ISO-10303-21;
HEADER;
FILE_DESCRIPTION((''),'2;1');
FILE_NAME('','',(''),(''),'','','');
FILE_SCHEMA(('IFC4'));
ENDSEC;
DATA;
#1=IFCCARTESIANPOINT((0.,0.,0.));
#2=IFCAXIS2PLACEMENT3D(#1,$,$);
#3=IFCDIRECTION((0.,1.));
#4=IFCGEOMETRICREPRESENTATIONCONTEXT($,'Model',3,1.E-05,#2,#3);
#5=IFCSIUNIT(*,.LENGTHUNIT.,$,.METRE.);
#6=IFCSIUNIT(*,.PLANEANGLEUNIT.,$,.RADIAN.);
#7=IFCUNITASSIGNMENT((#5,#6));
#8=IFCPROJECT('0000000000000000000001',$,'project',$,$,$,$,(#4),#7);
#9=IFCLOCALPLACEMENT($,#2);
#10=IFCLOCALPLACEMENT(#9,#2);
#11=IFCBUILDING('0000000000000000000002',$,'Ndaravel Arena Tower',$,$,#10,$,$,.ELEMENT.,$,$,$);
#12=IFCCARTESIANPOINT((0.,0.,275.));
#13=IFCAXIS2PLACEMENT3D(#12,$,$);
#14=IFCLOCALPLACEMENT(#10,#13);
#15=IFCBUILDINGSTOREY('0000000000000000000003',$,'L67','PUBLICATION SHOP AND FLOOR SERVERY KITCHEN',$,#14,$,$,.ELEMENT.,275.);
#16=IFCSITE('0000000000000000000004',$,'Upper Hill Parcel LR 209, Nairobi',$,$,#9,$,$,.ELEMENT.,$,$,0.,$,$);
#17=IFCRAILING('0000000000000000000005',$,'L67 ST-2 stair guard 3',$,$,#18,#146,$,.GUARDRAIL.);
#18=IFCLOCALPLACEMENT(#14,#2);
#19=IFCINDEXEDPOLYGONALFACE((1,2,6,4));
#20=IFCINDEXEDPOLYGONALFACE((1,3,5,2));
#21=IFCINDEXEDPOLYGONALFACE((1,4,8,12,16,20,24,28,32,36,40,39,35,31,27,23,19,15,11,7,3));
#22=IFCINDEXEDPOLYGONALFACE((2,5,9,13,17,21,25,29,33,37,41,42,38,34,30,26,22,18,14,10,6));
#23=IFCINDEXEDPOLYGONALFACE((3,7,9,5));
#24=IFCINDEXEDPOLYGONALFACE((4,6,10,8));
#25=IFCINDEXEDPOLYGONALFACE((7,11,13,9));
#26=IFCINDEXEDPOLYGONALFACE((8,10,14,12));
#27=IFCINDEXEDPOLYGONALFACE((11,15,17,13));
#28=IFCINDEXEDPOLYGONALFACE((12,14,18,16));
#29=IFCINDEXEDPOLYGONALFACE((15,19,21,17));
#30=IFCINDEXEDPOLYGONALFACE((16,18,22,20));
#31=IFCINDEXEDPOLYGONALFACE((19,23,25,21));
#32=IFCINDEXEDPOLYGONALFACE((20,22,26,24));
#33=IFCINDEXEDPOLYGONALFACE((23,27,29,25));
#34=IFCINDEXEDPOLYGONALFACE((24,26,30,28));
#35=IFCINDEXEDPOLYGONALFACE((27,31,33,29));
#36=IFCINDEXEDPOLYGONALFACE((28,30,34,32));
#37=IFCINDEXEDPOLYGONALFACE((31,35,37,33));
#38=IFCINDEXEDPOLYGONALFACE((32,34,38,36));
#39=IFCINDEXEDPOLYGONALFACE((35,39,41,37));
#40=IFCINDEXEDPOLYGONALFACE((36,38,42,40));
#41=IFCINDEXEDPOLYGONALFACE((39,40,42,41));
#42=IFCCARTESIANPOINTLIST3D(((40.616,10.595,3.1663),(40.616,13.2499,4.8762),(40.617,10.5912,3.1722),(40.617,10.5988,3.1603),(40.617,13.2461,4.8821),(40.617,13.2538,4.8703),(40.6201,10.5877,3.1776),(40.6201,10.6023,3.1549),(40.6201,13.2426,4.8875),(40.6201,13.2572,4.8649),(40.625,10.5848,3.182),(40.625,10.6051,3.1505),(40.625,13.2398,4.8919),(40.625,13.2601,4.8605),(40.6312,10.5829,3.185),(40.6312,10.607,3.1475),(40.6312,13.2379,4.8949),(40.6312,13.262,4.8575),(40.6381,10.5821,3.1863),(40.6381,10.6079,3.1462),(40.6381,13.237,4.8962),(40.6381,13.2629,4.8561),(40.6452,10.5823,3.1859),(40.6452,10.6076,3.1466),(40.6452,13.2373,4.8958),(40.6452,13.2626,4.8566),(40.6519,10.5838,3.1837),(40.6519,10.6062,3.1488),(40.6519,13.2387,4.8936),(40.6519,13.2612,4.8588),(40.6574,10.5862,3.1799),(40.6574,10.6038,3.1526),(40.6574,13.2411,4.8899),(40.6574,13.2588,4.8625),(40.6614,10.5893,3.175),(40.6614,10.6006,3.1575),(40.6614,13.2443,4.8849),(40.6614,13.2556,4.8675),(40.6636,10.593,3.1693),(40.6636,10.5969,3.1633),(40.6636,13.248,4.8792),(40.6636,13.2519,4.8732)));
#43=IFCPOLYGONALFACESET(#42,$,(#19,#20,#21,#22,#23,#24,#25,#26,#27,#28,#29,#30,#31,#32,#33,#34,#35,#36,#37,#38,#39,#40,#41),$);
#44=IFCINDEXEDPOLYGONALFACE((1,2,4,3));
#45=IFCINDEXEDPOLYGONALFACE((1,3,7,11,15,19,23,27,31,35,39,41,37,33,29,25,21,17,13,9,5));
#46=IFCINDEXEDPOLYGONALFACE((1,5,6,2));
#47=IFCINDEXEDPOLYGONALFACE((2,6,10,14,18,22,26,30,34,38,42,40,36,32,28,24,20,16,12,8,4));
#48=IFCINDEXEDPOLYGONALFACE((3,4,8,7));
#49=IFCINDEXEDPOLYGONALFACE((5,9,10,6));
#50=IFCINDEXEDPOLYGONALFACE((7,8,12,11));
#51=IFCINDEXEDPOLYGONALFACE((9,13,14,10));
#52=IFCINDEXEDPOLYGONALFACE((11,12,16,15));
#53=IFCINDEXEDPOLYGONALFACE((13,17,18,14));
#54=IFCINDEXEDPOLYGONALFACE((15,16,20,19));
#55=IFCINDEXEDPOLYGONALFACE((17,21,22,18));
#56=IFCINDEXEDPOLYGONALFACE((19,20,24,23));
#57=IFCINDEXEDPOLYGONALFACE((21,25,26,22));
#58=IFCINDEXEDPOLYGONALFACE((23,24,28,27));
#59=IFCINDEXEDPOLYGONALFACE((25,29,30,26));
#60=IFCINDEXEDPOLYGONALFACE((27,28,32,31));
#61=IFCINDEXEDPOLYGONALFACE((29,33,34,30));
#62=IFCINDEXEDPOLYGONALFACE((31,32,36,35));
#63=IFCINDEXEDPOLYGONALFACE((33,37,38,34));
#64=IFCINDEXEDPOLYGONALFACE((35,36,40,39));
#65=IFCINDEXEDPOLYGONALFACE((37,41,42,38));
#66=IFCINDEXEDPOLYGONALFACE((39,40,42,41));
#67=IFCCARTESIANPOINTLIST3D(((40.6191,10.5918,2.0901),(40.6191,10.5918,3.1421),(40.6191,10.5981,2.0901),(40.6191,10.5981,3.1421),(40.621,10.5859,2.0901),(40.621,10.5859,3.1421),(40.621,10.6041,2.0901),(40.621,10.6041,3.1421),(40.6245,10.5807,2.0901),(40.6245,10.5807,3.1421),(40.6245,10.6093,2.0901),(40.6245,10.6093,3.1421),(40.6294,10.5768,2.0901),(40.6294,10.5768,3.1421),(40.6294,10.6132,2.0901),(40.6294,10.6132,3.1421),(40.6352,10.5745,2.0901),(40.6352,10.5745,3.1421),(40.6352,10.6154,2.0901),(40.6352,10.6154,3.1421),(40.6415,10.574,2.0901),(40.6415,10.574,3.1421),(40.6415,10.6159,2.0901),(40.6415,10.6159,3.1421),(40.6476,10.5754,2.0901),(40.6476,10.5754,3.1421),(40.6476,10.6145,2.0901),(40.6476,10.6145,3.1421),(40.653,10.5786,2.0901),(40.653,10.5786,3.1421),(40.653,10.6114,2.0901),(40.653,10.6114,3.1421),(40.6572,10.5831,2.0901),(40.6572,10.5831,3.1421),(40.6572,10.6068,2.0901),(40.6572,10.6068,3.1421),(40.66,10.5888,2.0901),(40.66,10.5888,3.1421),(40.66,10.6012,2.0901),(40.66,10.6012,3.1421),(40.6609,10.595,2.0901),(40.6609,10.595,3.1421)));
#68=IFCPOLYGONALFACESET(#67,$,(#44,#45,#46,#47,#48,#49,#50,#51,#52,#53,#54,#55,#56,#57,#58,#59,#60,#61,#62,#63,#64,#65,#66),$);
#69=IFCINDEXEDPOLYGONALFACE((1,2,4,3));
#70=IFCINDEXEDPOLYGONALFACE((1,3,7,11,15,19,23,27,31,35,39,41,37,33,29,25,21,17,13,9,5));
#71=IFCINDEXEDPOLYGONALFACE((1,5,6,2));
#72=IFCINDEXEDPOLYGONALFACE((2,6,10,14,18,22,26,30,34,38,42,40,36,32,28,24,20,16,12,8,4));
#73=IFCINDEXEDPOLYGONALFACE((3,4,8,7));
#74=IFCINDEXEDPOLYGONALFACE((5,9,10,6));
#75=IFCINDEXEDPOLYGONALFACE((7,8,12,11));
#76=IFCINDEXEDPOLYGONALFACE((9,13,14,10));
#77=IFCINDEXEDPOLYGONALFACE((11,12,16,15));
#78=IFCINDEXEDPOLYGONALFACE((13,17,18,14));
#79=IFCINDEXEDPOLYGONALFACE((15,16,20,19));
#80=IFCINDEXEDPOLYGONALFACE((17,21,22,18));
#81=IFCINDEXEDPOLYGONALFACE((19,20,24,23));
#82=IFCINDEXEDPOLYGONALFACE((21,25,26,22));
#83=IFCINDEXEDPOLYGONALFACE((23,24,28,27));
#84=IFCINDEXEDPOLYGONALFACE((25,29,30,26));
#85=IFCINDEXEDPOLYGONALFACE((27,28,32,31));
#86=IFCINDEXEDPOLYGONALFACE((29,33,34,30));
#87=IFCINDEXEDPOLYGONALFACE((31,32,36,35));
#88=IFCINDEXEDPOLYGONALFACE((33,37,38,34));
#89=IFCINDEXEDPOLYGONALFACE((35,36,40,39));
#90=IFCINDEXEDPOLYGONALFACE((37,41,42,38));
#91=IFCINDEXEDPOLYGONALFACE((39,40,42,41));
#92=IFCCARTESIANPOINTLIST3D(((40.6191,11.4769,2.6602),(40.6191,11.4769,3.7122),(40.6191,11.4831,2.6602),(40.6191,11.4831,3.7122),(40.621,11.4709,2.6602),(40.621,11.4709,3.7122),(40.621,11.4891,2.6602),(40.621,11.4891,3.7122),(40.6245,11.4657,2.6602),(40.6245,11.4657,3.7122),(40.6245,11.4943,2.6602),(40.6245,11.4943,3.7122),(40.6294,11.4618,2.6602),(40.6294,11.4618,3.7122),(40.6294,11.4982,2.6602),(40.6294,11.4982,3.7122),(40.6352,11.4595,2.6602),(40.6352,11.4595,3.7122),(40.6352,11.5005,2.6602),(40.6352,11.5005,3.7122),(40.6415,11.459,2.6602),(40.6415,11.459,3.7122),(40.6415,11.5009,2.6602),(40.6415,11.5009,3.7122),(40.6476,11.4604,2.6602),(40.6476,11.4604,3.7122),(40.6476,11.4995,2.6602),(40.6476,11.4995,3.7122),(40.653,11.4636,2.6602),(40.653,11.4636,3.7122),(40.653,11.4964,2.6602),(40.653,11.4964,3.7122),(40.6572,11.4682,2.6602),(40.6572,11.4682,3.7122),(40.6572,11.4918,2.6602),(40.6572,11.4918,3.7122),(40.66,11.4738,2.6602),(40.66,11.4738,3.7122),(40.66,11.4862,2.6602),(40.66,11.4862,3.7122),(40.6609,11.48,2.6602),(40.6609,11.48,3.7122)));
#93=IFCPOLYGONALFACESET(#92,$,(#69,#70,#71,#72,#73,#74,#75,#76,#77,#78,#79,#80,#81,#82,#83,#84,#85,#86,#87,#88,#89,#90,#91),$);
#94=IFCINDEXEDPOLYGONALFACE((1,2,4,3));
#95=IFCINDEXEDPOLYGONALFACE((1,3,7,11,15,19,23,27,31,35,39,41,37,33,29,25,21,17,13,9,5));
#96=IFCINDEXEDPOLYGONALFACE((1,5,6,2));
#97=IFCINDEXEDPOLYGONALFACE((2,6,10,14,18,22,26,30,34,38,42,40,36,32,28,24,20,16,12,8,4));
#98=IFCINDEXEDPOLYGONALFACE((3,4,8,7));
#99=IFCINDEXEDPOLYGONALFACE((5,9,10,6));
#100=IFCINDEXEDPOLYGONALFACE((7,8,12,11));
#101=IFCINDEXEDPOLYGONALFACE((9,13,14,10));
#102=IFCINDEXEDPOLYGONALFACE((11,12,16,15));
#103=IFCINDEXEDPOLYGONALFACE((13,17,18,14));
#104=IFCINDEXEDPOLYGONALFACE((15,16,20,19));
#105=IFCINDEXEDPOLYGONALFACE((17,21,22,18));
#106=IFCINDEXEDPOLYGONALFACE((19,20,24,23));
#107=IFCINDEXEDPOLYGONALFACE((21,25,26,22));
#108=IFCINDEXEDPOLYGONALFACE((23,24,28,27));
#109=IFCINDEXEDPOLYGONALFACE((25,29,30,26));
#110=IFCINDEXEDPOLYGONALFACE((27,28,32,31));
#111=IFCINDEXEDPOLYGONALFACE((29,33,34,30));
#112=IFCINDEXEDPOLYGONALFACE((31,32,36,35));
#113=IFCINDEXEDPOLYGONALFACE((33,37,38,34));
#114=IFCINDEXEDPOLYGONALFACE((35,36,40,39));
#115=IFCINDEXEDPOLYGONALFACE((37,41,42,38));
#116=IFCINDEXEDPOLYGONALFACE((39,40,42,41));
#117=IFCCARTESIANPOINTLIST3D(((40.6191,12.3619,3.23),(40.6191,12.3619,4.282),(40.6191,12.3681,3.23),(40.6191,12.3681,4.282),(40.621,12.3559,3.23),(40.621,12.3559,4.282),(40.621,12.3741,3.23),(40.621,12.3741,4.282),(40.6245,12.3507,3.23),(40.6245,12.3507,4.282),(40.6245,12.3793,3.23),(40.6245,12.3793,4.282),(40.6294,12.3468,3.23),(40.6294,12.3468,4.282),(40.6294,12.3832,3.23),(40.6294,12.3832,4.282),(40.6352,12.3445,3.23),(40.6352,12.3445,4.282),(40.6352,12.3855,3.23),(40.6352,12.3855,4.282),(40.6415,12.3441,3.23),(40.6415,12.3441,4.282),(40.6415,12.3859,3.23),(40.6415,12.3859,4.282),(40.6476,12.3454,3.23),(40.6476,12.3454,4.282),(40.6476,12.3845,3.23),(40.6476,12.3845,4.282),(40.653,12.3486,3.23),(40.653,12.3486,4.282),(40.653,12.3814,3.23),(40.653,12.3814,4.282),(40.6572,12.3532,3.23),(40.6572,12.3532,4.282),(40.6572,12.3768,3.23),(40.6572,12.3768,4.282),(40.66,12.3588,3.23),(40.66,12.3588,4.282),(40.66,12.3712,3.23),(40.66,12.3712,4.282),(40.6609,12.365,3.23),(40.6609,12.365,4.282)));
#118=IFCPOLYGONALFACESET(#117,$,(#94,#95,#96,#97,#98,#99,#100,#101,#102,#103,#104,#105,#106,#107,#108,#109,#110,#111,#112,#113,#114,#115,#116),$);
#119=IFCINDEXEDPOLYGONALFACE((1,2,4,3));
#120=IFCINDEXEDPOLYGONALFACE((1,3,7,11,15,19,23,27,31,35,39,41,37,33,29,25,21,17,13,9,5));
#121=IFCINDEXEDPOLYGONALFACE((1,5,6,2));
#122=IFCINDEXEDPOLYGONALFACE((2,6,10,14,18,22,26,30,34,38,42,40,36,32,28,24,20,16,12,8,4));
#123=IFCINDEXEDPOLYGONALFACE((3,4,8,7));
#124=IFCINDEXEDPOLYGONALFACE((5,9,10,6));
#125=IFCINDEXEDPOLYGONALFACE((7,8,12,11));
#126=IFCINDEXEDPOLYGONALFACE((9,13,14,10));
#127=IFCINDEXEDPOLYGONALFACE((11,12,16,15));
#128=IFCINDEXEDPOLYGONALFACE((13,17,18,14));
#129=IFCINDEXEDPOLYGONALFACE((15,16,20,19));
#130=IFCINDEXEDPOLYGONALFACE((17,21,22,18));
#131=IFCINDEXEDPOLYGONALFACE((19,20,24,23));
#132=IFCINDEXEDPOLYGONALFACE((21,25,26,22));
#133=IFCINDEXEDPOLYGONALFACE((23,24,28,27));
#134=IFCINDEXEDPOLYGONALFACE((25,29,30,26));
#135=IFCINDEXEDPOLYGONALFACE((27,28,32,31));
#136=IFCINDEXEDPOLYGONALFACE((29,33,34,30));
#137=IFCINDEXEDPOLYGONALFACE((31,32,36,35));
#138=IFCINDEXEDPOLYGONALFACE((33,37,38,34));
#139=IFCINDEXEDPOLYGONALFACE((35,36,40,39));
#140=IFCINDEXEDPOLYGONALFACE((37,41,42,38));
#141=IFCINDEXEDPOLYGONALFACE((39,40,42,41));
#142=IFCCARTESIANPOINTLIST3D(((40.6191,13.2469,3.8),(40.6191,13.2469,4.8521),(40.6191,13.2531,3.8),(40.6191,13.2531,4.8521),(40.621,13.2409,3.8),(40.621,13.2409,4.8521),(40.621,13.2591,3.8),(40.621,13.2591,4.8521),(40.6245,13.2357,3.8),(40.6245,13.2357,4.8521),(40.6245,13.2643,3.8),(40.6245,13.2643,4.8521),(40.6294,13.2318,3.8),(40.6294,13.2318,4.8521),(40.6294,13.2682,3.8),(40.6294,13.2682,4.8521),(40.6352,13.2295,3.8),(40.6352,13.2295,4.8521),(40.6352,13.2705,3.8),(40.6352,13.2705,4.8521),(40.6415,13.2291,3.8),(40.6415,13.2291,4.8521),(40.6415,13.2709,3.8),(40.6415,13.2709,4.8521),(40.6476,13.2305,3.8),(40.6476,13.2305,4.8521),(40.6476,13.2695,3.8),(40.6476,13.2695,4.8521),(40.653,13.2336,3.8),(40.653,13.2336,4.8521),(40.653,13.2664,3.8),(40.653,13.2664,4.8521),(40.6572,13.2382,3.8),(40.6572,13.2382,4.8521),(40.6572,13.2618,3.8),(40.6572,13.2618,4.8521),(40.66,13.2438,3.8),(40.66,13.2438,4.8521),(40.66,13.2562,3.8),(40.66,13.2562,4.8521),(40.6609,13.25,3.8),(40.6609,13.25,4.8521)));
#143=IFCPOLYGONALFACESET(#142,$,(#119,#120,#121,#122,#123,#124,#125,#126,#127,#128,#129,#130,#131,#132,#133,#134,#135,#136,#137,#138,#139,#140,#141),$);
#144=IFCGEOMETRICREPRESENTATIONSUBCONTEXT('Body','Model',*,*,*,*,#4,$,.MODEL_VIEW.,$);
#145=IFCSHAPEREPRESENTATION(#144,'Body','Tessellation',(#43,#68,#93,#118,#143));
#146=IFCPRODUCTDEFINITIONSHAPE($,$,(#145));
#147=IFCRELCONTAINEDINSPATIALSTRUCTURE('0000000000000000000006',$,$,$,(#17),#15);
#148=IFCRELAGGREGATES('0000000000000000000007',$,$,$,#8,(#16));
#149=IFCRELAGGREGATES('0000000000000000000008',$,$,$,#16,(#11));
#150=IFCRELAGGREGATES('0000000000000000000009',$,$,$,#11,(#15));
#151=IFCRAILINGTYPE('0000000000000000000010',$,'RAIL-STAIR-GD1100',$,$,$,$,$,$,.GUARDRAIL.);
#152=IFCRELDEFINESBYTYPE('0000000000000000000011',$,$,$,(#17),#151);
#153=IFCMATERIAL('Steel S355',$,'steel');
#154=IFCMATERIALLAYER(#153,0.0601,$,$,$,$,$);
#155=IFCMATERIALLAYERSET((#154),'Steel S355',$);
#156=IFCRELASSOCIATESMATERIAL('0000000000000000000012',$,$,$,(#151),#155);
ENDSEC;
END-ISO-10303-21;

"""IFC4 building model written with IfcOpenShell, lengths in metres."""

from ifc_helpers import new_model, si_unit, direction, frame, origin, origin_2d, place, context, subcontext, project, spatial, circle, extrude, material, layer, layer_set, type_object, element, save


model = new_model("IFC4")

# Units and contexts
model_context = context("Model", 3, precision=1e-05, world=origin(), true_north=direction((0.0, 1.0)))
body_context = subcontext(model_context, "Body", "Model", "MODEL_VIEW")
ifc_project = project(units=[si_unit("LENGTHUNIT", "METRE"), si_unit("PLANEANGLEUNIT", "RADIAN")], contexts=[model_context])

# Site, building, storey
site_placement = place(None, origin())
site = spatial("IfcSite", under=ifc_project, at=site_placement, Name="Upper Hill Parcel LR 209, Nairobi", CompositionType="ELEMENT", RefElevation=0.0)
building_placement = place(site_placement, origin())
building = spatial("IfcBuilding", under=site, at=building_placement, Name="Ndaravel Arena Tower", CompositionType="ELEMENT")
storey_placement = place(building_placement, frame((0.0, 0.0, 275.0)))
storey = spatial("IfcBuildingStorey", under=building, at=storey_placement, Name="L67", Description="PUBLICATION SHOP AND FLOOR SERVERY KITCHEN", CompositionType="ELEMENT", Elevation=275.0)

# Railing
ifc_material_1 = material(Name="Steel S355", Category="steel")
ifc_layer_1 = layer(ifc_material_1, 0.0601)
ifc_layer_set_1 = layer_set([ifc_layer_1], Name="Steel S355")
railing_type_1 = type_object("IfcRailingType", Name="RAIL-STAIR-GD1100", PredefinedType="GUARDRAIL", material=ifc_layer_set_1)
railing_1_placement = place(storey_placement, frame((40.6399, 10.595, 2.0901)))
element("IfcRailing", 1, at=railing_1_placement, inside=storey, type_object=railing_type_1, Name="L67 ST-2 stair guard 3", PredefinedType="GUARDRAIL", context=body_context, shape_type="SweptSolid", body=[
    extrude(circle(Radius=0.0239, at=origin_2d()), frame((0.0, 0.0, 1.0762), z_axis=(0.0, 0.840724, 0.541465), x_axis=(-1.0, 0.0, 0.0)), (0.0, 0.0, 1.0), 3.158),
    extrude(circle(Radius=0.021, at=origin_2d()), origin(), (0.0, 0.0, 1.0), 1.052),
    extrude(circle(Radius=0.021, at=origin_2d()), frame((0.0, 0.885, 0.5701)), (0.0, 0.0, 1.0), 1.052),
    extrude(circle(Radius=0.021, at=origin_2d()), frame((0.0, 1.77, 1.1399)), (0.0, 0.0, 1.0), 1.052),
    extrude(circle(Radius=0.021, at=origin_2d()), frame((0.0, 2.655, 1.71)), (0.0, 0.0, 1.0), 1.052),
])

save(model, "model.ifc")
